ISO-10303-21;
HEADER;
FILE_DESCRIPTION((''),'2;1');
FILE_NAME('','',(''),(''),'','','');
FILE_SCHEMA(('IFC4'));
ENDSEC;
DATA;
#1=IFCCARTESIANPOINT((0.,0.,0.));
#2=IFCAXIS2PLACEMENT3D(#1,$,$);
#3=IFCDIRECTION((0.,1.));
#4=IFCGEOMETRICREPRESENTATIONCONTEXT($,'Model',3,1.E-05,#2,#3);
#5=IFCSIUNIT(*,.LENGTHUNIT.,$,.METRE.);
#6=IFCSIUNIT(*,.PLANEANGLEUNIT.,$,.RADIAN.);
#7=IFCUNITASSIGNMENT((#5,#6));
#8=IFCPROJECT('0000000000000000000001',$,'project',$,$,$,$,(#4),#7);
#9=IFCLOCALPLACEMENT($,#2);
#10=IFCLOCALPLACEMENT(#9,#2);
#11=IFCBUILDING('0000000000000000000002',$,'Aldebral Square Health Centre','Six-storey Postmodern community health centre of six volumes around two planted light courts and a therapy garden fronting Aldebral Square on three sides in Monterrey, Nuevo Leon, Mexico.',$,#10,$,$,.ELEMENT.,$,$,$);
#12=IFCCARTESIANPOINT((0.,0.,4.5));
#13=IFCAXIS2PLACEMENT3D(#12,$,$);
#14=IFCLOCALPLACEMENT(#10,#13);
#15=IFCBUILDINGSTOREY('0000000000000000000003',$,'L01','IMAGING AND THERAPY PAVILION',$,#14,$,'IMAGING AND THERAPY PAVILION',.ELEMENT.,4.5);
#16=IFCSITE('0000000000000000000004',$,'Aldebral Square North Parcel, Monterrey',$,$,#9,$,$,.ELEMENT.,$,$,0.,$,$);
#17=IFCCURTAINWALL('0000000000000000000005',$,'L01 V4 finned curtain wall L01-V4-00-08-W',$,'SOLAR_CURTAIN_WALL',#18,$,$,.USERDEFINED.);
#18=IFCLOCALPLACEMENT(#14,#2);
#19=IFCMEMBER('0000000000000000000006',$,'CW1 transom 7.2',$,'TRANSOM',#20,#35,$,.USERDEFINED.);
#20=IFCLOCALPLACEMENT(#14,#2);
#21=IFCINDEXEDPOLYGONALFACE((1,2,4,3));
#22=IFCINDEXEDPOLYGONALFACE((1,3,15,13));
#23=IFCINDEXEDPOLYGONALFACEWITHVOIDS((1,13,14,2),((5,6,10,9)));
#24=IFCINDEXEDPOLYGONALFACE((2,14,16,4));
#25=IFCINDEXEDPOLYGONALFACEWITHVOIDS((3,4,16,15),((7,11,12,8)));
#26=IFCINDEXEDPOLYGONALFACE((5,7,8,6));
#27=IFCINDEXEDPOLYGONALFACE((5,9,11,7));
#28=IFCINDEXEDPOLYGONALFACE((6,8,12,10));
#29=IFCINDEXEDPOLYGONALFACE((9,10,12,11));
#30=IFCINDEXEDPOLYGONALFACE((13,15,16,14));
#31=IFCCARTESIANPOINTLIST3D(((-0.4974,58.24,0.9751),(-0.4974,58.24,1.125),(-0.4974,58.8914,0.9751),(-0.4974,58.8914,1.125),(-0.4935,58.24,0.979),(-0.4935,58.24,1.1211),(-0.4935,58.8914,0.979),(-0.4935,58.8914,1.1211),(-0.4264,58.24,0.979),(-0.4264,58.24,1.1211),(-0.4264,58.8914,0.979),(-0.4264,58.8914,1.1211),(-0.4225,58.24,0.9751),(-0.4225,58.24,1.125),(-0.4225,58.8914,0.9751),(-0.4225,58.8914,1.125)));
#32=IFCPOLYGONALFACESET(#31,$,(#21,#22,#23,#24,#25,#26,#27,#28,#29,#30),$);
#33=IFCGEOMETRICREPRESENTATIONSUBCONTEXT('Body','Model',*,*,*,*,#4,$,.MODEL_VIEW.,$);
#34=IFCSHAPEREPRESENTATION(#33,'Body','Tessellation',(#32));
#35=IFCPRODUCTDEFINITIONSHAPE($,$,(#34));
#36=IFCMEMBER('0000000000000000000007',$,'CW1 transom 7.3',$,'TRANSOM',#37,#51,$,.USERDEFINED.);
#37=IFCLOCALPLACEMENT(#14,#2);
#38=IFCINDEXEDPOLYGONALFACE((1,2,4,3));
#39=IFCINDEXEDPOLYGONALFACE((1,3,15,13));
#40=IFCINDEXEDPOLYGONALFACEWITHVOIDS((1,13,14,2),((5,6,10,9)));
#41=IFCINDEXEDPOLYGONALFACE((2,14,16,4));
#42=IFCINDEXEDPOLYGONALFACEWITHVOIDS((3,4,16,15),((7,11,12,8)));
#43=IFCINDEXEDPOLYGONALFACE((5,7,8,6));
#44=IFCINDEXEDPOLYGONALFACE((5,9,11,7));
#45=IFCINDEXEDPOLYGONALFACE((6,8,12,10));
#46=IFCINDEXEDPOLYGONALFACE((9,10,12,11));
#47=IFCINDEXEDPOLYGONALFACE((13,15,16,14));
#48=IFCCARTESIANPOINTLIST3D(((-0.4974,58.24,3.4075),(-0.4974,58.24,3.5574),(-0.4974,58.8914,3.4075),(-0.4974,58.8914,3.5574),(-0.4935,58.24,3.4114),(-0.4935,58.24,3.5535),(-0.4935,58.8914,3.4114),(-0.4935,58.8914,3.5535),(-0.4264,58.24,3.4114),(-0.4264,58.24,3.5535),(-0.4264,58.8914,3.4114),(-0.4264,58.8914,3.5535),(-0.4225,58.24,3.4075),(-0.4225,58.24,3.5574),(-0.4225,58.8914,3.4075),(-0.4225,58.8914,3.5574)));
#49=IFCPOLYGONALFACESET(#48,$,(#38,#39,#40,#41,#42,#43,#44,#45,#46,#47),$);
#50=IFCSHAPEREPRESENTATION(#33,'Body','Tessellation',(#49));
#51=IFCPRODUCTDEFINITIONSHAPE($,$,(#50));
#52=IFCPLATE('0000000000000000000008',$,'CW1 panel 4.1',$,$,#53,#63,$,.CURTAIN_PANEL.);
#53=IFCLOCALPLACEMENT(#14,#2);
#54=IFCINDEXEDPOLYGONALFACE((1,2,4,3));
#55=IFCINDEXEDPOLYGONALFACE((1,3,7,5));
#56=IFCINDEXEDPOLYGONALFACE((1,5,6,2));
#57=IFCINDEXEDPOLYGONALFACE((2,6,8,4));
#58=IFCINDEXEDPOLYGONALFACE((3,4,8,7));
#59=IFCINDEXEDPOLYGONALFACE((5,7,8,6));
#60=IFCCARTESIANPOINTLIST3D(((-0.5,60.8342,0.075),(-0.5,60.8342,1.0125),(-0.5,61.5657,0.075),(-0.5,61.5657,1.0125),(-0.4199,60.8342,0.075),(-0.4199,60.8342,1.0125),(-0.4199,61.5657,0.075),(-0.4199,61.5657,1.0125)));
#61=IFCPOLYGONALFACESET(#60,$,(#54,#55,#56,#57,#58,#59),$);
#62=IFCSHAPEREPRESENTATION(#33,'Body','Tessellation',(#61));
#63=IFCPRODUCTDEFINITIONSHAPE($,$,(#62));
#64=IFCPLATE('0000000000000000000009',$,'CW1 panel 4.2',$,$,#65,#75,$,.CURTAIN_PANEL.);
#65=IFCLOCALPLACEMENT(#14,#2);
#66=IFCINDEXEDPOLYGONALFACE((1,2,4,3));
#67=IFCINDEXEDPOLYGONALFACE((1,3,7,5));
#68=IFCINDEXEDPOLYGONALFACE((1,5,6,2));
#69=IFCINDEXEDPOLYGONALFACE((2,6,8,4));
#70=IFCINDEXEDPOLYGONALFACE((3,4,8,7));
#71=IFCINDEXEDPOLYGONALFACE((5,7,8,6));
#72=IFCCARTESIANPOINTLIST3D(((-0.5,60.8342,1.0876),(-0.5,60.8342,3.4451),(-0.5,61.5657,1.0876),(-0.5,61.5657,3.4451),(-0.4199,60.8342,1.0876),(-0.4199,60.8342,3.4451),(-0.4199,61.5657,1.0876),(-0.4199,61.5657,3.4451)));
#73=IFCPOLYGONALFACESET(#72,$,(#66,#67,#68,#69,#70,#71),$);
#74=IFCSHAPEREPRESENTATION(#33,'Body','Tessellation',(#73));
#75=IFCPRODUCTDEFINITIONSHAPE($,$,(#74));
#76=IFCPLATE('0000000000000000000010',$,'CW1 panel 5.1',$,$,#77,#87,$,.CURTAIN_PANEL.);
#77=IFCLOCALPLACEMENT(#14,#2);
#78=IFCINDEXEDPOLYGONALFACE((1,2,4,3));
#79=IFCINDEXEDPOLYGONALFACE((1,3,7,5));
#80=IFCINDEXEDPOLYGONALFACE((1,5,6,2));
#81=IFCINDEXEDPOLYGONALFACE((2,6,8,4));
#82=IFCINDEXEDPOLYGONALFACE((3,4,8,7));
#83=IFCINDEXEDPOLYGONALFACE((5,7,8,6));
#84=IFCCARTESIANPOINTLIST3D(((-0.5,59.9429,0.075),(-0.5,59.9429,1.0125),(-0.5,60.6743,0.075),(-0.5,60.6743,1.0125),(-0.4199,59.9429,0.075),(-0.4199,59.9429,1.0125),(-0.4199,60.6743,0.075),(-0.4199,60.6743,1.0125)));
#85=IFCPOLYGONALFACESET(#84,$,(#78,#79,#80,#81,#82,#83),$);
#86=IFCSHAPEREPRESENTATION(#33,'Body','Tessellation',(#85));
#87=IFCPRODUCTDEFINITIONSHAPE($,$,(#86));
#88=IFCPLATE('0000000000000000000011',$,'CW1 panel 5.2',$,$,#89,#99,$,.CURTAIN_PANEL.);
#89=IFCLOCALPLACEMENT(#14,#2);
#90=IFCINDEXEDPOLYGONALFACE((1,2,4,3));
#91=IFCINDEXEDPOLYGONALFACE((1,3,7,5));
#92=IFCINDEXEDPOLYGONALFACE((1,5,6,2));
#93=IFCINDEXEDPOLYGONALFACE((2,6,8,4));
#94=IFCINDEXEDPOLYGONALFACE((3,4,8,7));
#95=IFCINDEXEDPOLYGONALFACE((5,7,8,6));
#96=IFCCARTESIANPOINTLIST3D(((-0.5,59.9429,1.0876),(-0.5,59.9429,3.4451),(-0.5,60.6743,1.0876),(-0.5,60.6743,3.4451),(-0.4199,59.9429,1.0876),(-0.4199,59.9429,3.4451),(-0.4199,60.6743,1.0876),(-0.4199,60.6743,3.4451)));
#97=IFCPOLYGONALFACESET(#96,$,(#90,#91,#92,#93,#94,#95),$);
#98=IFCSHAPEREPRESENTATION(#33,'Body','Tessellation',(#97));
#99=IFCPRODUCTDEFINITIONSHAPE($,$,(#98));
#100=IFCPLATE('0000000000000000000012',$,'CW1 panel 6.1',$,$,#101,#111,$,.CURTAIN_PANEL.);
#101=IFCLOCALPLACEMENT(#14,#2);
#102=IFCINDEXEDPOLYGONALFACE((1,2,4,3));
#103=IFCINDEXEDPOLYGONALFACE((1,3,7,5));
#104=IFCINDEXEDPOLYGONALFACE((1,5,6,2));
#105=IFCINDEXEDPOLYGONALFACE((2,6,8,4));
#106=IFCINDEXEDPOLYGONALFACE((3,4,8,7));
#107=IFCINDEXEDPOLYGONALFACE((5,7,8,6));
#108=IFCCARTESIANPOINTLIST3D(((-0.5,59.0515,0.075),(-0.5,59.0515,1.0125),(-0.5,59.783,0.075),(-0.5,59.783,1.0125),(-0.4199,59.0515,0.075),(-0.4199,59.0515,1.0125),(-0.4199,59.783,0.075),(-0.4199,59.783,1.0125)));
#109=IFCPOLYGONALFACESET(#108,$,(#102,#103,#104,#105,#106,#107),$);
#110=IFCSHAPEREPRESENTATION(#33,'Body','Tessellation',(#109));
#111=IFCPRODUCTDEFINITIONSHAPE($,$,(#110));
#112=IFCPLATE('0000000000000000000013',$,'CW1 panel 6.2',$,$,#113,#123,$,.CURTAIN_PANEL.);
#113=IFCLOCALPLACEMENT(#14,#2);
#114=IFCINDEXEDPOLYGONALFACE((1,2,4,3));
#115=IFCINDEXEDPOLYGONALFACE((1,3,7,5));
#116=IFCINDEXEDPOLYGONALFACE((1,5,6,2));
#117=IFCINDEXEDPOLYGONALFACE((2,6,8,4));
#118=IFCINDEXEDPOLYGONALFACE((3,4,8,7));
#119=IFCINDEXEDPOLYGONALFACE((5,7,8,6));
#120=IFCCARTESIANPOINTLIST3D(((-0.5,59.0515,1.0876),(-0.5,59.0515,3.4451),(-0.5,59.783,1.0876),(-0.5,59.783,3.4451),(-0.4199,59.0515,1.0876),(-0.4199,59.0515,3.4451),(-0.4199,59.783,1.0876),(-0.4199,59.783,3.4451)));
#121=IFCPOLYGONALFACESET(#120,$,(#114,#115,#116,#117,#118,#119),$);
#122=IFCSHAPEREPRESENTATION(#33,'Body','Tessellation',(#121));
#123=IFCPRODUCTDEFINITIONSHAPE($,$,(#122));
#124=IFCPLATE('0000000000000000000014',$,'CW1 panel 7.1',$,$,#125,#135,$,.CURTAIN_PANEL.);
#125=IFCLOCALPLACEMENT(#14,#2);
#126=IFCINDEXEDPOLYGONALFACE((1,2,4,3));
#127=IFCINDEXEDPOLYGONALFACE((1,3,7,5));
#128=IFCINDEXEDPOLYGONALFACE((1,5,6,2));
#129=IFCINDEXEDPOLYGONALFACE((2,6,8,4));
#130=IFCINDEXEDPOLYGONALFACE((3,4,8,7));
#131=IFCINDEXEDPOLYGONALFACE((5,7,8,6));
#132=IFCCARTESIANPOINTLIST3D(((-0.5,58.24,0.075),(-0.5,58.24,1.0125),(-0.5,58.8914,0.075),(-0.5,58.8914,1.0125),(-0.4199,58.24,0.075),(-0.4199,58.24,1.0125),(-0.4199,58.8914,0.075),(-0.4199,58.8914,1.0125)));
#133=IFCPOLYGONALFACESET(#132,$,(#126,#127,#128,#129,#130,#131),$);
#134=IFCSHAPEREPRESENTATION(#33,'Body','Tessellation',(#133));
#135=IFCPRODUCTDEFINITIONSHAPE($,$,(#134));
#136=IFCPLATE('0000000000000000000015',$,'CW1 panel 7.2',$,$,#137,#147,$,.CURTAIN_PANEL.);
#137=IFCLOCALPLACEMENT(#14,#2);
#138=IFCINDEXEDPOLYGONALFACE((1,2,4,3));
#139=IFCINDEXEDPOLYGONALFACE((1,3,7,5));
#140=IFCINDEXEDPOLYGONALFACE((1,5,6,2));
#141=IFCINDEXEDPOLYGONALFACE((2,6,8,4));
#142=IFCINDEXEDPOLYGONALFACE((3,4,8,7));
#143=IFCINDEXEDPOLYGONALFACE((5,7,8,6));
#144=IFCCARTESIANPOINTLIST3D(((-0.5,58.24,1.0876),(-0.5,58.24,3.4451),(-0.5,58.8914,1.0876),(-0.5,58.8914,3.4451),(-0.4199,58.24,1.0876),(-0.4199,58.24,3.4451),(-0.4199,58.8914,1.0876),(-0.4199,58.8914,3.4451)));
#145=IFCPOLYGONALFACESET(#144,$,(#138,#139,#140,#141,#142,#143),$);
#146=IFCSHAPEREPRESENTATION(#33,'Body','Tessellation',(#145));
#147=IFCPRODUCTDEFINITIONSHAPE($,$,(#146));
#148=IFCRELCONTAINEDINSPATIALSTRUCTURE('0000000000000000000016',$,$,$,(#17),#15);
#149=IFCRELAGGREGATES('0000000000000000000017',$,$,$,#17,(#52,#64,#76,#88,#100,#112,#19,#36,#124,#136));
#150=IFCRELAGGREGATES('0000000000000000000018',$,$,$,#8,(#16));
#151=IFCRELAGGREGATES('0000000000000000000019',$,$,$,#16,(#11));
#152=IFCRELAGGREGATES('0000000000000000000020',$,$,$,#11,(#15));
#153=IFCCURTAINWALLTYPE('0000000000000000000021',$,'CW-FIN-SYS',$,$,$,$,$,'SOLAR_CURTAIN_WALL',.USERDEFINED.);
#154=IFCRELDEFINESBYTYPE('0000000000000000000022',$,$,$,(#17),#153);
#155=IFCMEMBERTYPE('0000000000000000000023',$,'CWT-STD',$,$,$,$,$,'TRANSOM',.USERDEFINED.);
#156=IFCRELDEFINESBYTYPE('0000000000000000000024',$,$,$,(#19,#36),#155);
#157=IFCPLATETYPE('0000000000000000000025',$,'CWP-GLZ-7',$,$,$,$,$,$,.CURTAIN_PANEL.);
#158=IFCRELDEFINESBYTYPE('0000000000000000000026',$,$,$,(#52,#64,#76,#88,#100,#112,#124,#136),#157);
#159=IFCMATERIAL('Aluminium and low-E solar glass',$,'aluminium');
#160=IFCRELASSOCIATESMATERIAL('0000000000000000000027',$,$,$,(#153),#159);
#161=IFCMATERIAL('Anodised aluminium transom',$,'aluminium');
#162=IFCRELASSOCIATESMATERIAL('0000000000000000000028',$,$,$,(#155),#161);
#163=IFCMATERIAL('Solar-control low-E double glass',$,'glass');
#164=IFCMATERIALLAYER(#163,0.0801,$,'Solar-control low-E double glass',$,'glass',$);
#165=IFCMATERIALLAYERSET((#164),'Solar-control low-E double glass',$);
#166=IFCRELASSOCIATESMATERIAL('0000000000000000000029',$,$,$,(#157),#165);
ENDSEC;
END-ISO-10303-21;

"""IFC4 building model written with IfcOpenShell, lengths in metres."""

from ifc_helpers import new_model, si_unit, direction, frame, origin, origin_2d, place, context, subcontext, project, spatial, rectangle, hollow_rectangle, extrude, material, layer, layer_set, material_profile, profile_set, type_object, element, aggregate, save


model = new_model("IFC4")

# Units and contexts
model_context = context("Model", 3, precision=1e-05, world=origin(), true_north=direction((0.0, 1.0)))
body_context = subcontext(model_context, "Body", "Model", "MODEL_VIEW")
ifc_project = project(units=[si_unit("LENGTHUNIT", "METRE"), si_unit("PLANEANGLEUNIT", "RADIAN")], contexts=[model_context])

# Site, building, storey
site_placement = place(None, origin())
site = spatial("IfcSite", under=ifc_project, at=site_placement, Name="Aldebral Square North Parcel, Monterrey", CompositionType="ELEMENT", RefElevation=0.0)
building_placement = place(site_placement, origin())
building = spatial("IfcBuilding", under=site, at=building_placement, Name="Aldebral Square Health Centre", Description="Six-storey Postmodern community health centre of six volumes around two planted light courts and a therapy garden fronting Aldebral Square on three sides in Monterrey, Nuevo Leon, Mexico.", CompositionType="ELEMENT")
storey_placement = place(building_placement, frame((0.0, 0.0, 4.5)))
storey = spatial("IfcBuildingStorey", under=building, at=storey_placement, Name="L01", Description="IMAGING AND THERAPY PAVILION", LongName="IMAGING AND THERAPY PAVILION", CompositionType="ELEMENT", Elevation=4.5)

# Curtain wall, members, plates
ifc_material_1 = material(Name="Aluminium and low-E solar glass", Category="aluminium")
curtain_wall_type = type_object("IfcCurtainWallType", Name="CW-FIN-SYS", ElementType="SOLAR_CURTAIN_WALL", PredefinedType="USERDEFINED", material=ifc_material_1)
curtain_wall_placement = place(storey_placement, origin())
curtain_wall = element("IfcCurtainWall", 1, at=curtain_wall_placement, inside=storey, type_object=curtain_wall_type, Name="L01 V4 finned curtain wall L01-V4-00-08-W", ObjectType="SOLAR_CURTAIN_WALL", PredefinedType="USERDEFINED")
ifc_material_2 = material(Name="Anodised aluminium transom", Category="aluminium")
ifc_material_profile_1 = material_profile(ifc_material_2, hollow_rectangle(XDim=0.075, YDim=0.1499, WallThickness=0.0039, at=origin_2d()), Name="CWT 75x150x4")
ifc_profile_set_1 = profile_set([ifc_material_profile_1], Name="Anodised aluminium transom")
member_type_1 = type_object("IfcMemberType", Name="CWT-STD", ElementType="TRANSOM", PredefinedType="USERDEFINED", material=ifc_profile_set_1)
member_1_placement = place(storey_placement, frame((-0.46, 58.8914, 1.05), z_axis=(0.0, -1.0, 0.0), x_axis=(1.0, 0.0, 0.0)))
member_1 = element("IfcMember", 2, at=member_1_placement, type_object=member_type_1, Name="CW1 transom 7.2", ObjectType="TRANSOM", PredefinedType="USERDEFINED", context=body_context, shape_type="SweptSolid", body=[
    extrude(hollow_rectangle(XDim=0.075, YDim=0.1499, WallThickness=0.0039, at=origin_2d()), origin(), (0.0, 0.0, 1.0), 0.6514),
])
member_2_placement = place(storey_placement, frame((-0.46, 58.8914, 3.4824), z_axis=(0.0, -1.0, 0.0), x_axis=(1.0, 0.0, 0.0)))
member_2 = element("IfcMember", 3, at=member_2_placement, type_object=member_type_1, Name="CW1 transom 7.3", ObjectType="TRANSOM", PredefinedType="USERDEFINED", context=body_context, shape_type="SweptSolid", body=[
    extrude(hollow_rectangle(XDim=0.075, YDim=0.1499, WallThickness=0.0039, at=origin_2d()), origin(), (0.0, 0.0, 1.0), 0.6514),
])
ifc_material_3 = material(Name="Solar-control low-E double glass", Category="glass")
ifc_layer = layer(ifc_material_3, 0.0801, Name="Solar-control low-E double glass", Category="glass")
ifc_layer_set = layer_set([ifc_layer], Name="Solar-control low-E double glass")
plate_type = type_object("IfcPlateType", Name="CWP-GLZ-7", PredefinedType="CURTAIN_PANEL", material=ifc_layer_set)
plate_1_placement = place(storey_placement, frame((-0.46, 61.2, 0.075), z_axis=(0.0, 0.0, 1.0), x_axis=(0.0, -1.0, 0.0)))
plate_1 = element("IfcPlate", 4, at=plate_1_placement, type_object=plate_type, Name="CW1 panel 4.1", PredefinedType="CURTAIN_PANEL", context=body_context, shape_type="SweptSolid", body=[
    extrude(rectangle(XDim=0.7314, YDim=0.0801, at=origin_2d()), origin(), (0.0, 0.0, 1.0), 0.9375),
])
plate_2_placement = place(storey_placement, frame((-0.46, 61.2, 1.0876), z_axis=(0.0, 0.0, 1.0), x_axis=(0.0, -1.0, 0.0)))
plate_2 = element("IfcPlate", 5, at=plate_2_placement, type_object=plate_type, Name="CW1 panel 4.2", PredefinedType="CURTAIN_PANEL", context=body_context, shape_type="SweptSolid", body=[
    extrude(rectangle(XDim=0.7314, YDim=0.0801, at=origin_2d()), origin(), (0.0, 0.0, 1.0), 2.3574),
])
plate_3_placement = place(storey_placement, frame((-0.46, 60.3086, 0.075), z_axis=(0.0, 0.0, 1.0), x_axis=(0.0, -1.0, 0.0)))
plate_3 = element("IfcPlate", 6, at=plate_3_placement, type_object=plate_type, Name="CW1 panel 5.1", PredefinedType="CURTAIN_PANEL", context=body_context, shape_type="SweptSolid", body=[
    extrude(rectangle(XDim=0.7314, YDim=0.0801, at=origin_2d()), origin(), (0.0, 0.0, 1.0), 0.9375),
])
plate_4_placement = place(storey_placement, frame((-0.46, 60.3086, 1.0876), z_axis=(0.0, 0.0, 1.0), x_axis=(0.0, -1.0, 0.0)))
plate_4 = element("IfcPlate", 7, at=plate_4_placement, type_object=plate_type, Name="CW1 panel 5.2", PredefinedType="CURTAIN_PANEL", context=body_context, shape_type="SweptSolid", body=[
    extrude(rectangle(XDim=0.7314, YDim=0.0801, at=origin_2d()), origin(), (0.0, 0.0, 1.0), 2.3574),
])
plate_5_placement = place(storey_placement, frame((-0.46, 59.4172, 0.075), z_axis=(0.0, 0.0, 1.0), x_axis=(0.0, -1.0, 0.0)))
plate_5 = element("IfcPlate", 8, at=plate_5_placement, type_object=plate_type, Name="CW1 panel 6.1", PredefinedType="CURTAIN_PANEL", context=body_context, shape_type="SweptSolid", body=[
    extrude(rectangle(XDim=0.7314, YDim=0.0801, at=origin_2d()), origin(), (0.0, 0.0, 1.0), 0.9375),
])
plate_6_placement = place(storey_placement, frame((-0.46, 59.4172, 1.0876), z_axis=(0.0, 0.0, 1.0), x_axis=(0.0, -1.0, 0.0)))
plate_6 = element("IfcPlate", 9, at=plate_6_placement, type_object=plate_type, Name="CW1 panel 6.2", PredefinedType="CURTAIN_PANEL", context=body_context, shape_type="SweptSolid", body=[
    extrude(rectangle(XDim=0.7314, YDim=0.0801, at=origin_2d()), origin(), (0.0, 0.0, 1.0), 2.3574),
])
plate_7_placement = place(storey_placement, frame((-0.46, 58.5657, 0.075), z_axis=(0.0, 0.0, 1.0), x_axis=(0.0, -1.0, 0.0)))
plate_7 = element("IfcPlate", 10, at=plate_7_placement, type_object=plate_type, Name="CW1 panel 7.1", PredefinedType="CURTAIN_PANEL", context=body_context, shape_type="SweptSolid", body=[
    extrude(rectangle(XDim=0.6514, YDim=0.0801, at=origin_2d()), origin(), (0.0, 0.0, 1.0), 0.9375),
])
plate_8_placement = place(storey_placement, frame((-0.46, 58.5657, 1.0876), z_axis=(0.0, 0.0, 1.0), x_axis=(0.0, -1.0, 0.0)))
plate_8 = element("IfcPlate", 11, at=plate_8_placement, type_object=plate_type, Name="CW1 panel 7.2", PredefinedType="CURTAIN_PANEL", context=body_context, shape_type="SweptSolid", body=[
    extrude(rectangle(XDim=0.6514, YDim=0.0801, at=origin_2d()), origin(), (0.0, 0.0, 1.0), 2.3574),
])
aggregate(curtain_wall, [plate_1, plate_2, plate_3, plate_4, plate_5, plate_6, member_1, member_2, plate_7, plate_8])

save(model, "model.ifc")
